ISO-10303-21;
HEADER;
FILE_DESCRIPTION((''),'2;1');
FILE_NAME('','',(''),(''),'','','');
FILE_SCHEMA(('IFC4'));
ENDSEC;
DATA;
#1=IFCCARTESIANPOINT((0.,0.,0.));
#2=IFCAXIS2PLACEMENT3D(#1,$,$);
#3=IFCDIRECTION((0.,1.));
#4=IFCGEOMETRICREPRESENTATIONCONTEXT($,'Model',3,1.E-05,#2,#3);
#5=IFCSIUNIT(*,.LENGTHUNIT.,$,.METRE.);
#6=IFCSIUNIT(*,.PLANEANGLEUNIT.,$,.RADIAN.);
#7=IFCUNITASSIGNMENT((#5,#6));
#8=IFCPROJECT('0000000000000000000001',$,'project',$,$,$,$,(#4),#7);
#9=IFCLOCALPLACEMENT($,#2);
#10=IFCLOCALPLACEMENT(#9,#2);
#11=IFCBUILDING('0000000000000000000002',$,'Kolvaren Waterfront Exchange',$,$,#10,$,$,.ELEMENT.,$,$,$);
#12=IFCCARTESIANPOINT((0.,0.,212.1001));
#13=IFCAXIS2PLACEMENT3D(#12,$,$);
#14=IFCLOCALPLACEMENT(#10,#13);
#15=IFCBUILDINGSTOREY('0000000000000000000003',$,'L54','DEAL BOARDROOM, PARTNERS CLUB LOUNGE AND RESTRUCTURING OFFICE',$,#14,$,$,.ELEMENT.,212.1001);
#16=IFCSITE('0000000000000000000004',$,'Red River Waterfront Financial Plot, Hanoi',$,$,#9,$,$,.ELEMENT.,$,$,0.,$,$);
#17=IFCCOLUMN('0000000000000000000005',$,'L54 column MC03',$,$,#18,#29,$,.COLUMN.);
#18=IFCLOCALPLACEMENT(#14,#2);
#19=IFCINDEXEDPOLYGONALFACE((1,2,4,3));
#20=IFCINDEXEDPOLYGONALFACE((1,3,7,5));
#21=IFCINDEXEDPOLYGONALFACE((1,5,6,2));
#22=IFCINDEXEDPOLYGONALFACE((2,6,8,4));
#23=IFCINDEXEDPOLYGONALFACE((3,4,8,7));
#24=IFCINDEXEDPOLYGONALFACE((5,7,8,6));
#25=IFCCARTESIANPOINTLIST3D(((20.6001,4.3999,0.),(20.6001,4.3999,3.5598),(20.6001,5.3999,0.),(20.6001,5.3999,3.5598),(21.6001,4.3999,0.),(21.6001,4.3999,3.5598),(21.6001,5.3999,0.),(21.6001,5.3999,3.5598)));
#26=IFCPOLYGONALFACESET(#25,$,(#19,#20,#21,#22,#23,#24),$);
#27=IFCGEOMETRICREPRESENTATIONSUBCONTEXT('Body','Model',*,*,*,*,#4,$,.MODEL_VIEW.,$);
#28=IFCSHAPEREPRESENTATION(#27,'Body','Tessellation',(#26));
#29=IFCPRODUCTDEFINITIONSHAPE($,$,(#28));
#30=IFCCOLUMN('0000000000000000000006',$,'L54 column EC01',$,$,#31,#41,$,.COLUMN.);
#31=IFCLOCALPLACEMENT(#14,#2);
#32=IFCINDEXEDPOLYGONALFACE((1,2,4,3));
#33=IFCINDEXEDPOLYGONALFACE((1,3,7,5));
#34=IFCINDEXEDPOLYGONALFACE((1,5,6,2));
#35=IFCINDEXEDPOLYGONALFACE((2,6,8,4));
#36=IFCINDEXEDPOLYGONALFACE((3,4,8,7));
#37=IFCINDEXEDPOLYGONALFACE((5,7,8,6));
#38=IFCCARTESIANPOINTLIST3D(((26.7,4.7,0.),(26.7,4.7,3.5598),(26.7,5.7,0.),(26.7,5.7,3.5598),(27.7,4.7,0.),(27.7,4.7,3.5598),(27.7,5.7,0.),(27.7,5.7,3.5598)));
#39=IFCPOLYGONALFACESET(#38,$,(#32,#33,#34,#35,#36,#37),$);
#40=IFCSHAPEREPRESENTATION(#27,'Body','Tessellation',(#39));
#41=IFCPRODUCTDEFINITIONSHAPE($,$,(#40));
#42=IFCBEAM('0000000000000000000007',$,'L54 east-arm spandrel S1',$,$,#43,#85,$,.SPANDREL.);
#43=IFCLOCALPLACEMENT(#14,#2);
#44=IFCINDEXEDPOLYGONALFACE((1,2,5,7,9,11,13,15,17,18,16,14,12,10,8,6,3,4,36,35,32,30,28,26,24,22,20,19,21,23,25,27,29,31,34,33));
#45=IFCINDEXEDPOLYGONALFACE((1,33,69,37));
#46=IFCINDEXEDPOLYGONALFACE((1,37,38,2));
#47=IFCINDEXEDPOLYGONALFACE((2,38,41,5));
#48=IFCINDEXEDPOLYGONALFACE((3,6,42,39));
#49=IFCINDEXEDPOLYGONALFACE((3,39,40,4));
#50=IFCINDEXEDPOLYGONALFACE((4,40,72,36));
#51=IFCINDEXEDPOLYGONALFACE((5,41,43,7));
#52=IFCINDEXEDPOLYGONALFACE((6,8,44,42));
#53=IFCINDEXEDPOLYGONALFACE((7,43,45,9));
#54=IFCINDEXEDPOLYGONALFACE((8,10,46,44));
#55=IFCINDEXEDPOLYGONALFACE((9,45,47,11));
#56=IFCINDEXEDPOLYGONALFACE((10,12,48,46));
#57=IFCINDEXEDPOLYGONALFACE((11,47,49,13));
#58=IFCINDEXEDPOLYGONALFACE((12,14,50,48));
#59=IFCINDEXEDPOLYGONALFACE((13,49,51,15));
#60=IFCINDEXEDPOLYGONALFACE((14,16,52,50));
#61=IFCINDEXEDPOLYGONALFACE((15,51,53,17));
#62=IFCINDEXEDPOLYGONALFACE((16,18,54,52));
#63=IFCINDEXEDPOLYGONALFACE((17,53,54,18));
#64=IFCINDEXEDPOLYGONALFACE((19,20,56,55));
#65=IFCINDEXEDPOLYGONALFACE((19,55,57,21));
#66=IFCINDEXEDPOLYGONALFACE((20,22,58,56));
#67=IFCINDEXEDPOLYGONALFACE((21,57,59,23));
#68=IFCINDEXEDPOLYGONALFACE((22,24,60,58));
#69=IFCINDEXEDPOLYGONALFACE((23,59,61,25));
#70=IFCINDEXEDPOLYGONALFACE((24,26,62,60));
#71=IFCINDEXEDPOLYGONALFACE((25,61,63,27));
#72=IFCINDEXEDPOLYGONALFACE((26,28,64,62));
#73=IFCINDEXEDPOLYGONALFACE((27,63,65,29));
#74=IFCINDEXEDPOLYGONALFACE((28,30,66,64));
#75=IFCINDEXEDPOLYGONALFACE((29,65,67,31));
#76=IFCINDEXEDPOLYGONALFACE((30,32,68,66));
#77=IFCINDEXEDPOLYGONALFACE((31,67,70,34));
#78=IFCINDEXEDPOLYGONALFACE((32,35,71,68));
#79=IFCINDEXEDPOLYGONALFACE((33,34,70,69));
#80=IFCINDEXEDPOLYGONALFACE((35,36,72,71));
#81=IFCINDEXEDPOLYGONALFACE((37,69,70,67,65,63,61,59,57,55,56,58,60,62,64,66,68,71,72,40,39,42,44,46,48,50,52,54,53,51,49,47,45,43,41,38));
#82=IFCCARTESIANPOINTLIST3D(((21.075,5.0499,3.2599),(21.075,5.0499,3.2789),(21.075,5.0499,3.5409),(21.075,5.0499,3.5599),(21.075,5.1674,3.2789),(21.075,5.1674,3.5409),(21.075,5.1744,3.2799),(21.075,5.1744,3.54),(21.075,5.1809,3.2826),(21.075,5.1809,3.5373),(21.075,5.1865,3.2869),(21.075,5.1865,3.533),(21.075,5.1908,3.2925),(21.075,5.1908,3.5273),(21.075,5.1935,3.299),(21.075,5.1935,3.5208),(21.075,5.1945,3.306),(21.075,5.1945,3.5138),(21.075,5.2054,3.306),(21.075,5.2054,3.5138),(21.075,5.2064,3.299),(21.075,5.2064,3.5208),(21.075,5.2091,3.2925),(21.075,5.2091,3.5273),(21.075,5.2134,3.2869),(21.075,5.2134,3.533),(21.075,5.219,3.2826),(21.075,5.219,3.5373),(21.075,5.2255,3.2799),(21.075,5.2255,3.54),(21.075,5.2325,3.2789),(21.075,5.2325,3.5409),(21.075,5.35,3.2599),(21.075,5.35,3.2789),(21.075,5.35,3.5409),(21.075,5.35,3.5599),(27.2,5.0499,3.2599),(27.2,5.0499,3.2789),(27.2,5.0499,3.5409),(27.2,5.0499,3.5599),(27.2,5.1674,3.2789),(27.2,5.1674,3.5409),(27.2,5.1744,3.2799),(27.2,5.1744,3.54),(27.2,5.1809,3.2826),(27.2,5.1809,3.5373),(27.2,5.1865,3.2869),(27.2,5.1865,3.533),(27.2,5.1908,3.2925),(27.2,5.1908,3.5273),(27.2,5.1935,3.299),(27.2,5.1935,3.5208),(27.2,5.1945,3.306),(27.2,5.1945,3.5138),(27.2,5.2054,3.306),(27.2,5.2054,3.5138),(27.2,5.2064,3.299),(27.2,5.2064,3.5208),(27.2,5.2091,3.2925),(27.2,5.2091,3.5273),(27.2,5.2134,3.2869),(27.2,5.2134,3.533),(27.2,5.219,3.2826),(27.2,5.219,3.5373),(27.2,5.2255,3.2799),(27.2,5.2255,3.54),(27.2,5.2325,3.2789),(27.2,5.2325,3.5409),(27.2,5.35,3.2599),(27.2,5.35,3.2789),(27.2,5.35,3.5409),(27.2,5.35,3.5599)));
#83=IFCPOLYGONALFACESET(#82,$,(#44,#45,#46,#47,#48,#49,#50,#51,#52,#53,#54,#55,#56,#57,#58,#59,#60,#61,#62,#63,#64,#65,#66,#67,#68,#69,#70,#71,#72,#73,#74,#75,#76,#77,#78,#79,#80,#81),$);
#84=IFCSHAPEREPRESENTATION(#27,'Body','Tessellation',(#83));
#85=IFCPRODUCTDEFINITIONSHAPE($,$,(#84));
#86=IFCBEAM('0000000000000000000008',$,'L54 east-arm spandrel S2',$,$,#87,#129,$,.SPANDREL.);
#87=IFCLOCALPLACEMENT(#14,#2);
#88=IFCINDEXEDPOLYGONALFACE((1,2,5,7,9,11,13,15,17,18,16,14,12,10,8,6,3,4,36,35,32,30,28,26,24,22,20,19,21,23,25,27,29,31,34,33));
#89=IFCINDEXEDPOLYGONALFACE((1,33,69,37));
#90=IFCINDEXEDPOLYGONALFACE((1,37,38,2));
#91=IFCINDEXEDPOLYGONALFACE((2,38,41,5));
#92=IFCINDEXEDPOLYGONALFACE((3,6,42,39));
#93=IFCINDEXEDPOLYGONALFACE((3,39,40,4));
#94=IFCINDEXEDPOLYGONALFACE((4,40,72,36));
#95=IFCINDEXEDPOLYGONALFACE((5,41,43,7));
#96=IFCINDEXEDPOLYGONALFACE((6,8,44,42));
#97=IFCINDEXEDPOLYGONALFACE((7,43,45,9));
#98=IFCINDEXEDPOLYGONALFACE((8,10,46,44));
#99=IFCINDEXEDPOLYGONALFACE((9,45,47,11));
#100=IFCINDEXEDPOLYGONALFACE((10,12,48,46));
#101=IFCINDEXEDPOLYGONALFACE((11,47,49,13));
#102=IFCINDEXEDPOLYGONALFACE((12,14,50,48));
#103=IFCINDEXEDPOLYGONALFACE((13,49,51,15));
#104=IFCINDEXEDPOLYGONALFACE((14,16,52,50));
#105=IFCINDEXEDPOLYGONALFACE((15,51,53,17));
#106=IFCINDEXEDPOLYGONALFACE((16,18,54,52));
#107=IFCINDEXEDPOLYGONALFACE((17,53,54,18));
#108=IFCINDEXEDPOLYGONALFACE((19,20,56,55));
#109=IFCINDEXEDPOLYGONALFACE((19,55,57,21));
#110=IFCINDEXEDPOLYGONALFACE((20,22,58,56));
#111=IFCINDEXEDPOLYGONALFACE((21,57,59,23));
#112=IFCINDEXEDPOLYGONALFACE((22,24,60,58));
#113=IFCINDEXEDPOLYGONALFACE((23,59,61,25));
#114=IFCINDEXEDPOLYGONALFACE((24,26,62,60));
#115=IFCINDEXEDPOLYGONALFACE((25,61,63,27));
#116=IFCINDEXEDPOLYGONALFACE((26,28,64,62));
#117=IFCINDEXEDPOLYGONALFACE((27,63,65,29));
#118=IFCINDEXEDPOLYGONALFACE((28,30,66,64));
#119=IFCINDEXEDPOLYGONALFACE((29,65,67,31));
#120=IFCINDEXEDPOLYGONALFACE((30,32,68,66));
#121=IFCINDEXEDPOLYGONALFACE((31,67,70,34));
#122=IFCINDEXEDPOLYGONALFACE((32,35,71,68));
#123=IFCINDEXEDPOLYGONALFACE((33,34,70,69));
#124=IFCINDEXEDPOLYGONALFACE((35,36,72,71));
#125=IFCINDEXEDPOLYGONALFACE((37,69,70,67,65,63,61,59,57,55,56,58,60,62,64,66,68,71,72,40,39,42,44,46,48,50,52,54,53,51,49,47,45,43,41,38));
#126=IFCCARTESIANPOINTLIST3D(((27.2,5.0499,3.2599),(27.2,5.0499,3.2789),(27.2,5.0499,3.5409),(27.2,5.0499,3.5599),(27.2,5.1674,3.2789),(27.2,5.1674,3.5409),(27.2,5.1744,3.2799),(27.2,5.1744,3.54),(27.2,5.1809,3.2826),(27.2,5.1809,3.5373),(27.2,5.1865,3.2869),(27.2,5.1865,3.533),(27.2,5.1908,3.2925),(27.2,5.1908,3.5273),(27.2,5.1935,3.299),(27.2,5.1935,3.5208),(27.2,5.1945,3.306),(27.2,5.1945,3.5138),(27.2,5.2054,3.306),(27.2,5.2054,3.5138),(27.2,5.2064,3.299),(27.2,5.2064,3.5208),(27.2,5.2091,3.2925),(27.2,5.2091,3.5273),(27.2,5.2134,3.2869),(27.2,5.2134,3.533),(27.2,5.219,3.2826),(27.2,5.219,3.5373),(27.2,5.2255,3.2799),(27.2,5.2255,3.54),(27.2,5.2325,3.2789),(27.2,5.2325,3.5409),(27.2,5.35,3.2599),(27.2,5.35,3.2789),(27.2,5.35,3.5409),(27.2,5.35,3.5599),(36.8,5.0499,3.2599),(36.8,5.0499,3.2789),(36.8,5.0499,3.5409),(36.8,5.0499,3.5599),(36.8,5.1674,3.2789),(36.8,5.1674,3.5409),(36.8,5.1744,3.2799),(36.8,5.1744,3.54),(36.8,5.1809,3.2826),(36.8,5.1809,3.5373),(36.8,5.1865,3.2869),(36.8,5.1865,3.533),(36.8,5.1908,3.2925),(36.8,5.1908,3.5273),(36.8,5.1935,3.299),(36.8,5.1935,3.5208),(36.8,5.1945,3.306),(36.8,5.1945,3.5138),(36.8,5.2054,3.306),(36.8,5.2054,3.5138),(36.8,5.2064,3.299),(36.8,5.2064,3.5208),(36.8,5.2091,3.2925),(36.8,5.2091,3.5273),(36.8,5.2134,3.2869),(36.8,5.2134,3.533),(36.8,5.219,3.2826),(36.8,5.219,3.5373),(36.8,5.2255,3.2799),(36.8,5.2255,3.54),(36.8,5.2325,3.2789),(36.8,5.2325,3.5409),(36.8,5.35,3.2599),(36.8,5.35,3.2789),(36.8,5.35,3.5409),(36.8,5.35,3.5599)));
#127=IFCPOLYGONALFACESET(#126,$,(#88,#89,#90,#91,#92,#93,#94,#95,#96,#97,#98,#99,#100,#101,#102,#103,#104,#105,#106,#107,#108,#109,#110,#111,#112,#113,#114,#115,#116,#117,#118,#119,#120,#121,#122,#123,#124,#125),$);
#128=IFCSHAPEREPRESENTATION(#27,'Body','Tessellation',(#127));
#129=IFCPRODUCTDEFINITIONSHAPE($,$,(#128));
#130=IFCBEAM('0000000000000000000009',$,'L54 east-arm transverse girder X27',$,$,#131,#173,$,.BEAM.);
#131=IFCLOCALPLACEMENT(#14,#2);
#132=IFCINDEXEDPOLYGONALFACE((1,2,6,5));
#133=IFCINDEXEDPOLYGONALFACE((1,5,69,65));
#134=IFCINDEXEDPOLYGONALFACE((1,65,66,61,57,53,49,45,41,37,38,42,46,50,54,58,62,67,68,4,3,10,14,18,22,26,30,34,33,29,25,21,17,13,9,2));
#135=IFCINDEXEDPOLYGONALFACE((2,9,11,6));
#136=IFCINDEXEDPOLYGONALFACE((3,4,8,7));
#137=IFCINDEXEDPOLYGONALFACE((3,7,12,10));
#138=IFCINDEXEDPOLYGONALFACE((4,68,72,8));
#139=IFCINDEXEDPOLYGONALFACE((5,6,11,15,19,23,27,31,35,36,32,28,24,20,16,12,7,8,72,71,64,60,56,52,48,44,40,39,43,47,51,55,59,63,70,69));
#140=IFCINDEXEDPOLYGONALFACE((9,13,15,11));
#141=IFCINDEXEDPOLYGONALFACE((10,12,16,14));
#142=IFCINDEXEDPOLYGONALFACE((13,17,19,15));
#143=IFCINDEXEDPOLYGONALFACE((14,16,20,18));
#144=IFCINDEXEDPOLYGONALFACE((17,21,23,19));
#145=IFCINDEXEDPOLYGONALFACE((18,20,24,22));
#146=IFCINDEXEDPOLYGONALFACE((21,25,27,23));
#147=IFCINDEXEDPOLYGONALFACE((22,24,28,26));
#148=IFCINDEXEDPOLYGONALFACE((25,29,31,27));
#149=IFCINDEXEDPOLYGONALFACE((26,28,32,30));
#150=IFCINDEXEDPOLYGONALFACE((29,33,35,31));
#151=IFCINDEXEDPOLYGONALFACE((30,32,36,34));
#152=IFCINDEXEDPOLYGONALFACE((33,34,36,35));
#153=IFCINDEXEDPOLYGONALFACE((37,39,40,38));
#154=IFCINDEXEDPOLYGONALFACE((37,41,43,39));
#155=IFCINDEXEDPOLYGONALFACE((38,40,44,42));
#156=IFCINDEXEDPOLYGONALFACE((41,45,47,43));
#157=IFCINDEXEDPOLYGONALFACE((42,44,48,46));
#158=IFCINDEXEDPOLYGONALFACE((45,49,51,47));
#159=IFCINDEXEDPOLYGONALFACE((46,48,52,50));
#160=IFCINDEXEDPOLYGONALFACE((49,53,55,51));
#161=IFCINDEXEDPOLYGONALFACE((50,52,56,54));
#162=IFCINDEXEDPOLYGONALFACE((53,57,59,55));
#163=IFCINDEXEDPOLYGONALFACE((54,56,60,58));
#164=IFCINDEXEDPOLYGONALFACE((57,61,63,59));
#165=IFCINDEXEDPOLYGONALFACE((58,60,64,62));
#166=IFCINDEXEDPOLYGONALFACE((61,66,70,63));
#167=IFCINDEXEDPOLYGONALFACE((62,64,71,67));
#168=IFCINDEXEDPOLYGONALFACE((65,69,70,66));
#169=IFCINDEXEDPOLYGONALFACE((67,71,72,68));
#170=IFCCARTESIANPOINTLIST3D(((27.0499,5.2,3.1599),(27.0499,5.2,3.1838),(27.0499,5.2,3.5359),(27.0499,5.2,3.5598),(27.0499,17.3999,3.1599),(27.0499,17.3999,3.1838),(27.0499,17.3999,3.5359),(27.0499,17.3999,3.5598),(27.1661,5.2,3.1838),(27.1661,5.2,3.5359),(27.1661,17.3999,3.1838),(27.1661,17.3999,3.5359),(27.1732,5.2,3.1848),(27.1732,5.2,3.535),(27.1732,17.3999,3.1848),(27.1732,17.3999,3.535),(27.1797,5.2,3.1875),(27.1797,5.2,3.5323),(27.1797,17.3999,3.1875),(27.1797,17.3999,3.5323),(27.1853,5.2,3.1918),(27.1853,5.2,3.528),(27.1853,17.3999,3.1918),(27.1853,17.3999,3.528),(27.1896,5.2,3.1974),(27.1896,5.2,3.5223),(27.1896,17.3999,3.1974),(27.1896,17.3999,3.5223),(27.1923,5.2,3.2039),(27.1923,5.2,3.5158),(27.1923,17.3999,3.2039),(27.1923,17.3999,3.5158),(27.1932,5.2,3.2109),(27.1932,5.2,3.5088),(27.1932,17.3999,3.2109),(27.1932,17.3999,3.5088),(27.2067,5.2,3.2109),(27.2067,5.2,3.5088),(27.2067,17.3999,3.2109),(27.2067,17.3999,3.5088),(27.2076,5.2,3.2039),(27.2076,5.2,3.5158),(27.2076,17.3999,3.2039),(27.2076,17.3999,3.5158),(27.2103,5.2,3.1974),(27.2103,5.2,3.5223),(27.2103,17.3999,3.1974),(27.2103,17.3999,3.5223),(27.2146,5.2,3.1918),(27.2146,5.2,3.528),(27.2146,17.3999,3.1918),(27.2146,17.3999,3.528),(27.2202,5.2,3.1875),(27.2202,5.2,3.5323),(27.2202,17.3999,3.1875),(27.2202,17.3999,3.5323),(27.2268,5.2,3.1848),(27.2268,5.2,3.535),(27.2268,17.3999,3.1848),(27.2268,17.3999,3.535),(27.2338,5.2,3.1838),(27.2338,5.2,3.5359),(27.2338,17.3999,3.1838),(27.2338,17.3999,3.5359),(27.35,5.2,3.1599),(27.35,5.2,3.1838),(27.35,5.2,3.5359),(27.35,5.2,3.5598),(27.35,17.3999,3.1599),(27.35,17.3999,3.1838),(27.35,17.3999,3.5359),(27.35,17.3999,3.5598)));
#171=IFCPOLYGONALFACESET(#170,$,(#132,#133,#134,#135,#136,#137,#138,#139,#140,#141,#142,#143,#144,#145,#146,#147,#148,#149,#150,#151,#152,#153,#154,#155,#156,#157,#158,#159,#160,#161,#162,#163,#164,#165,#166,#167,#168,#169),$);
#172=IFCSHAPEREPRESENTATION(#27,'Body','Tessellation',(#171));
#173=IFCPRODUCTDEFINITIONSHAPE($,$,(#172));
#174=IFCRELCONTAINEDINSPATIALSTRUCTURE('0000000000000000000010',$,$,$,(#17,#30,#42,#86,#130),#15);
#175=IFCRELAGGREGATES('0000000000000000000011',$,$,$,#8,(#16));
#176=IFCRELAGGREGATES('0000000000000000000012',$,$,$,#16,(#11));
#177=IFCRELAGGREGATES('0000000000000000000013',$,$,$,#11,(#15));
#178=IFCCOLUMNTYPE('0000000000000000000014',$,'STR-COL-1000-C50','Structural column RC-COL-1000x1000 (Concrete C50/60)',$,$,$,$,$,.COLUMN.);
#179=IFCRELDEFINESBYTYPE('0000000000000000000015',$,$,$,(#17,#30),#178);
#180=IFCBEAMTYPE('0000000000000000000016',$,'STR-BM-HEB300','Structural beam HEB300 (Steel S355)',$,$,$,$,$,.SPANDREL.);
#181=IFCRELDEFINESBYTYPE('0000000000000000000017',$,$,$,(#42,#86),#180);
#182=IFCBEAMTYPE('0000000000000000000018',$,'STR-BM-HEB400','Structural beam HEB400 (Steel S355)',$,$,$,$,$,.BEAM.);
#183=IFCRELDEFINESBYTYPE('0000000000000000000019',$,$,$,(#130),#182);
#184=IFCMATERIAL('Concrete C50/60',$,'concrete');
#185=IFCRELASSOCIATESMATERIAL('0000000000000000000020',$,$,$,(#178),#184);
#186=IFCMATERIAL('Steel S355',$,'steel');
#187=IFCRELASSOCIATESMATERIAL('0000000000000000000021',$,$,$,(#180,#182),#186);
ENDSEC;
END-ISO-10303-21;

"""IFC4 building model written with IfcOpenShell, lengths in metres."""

from ifc_helpers import new_model, si_unit, direction, frame, origin, origin_2d, place, context, subcontext, project, spatial, rectangle, i_section, extrude, material, material_profile, profile_set, type_object, element, save


model = new_model("IFC4")

# Units and contexts
model_context = context("Model", 3, precision=1e-05, world=origin(), true_north=direction((0.0, 1.0)))
body_context = subcontext(model_context, "Body", "Model", "MODEL_VIEW")
ifc_project = project(units=[si_unit("LENGTHUNIT", "METRE"), si_unit("PLANEANGLEUNIT", "RADIAN")], contexts=[model_context])

# Site, building, storey
site_placement = place(None, origin())
site = spatial("IfcSite", under=ifc_project, at=site_placement, Name="Red River Waterfront Financial Plot, Hanoi", CompositionType="ELEMENT", RefElevation=0.0)
building_placement = place(site_placement, origin())
building = spatial("IfcBuilding", under=site, at=building_placement, Name="Kolvaren Waterfront Exchange", CompositionType="ELEMENT")
storey_placement = place(building_placement, frame((0.0, 0.0, 212.1001)))
storey = spatial("IfcBuildingStorey", under=building, at=storey_placement, Name="L54", Description="DEAL BOARDROOM, PARTNERS CLUB LOUNGE AND RESTRUCTURING OFFICE", CompositionType="ELEMENT", Elevation=212.1001)

# Columns
ifc_material_1 = material(Name="Concrete C50/60", Category="concrete")
ifc_material_profile_1 = material_profile(ifc_material_1, rectangle(XDim=1.0, YDim=1.0, at=origin_2d()), Name="RC-COL-1000x1000")
ifc_profile_set_1 = profile_set([ifc_material_profile_1], Name="Concrete C50/60")
column_type = type_object("IfcColumnType", Name="STR-COL-1000-C50", Description="Structural column RC-COL-1000x1000 (Concrete C50/60)", PredefinedType="COLUMN", material=ifc_profile_set_1)
for number, where, z_axis, x_axis, name in (
    (1, (21.1001, 4.8999, 0.0), (0.0, 0.0, 1.0), (1.0, 0.0, 0.0), "L54 column MC03"),
    (2, (27.2, 5.2, 0.0), (0.0, 0.0, 1.0), (1.0, 0.0, 0.0), "L54 column EC01"),
):
    element("IfcColumn", number, at=place(storey_placement, frame(where, z_axis=z_axis, x_axis=x_axis)), inside=storey, type_object=column_type, Name=name, PredefinedType="COLUMN", context=body_context, shape_type="SweptSolid", body=[
        extrude(rectangle(XDim=1.0, YDim=1.0, at=origin_2d()), origin(), (0.0, 0.0, 1.0), 3.5598),
    ])

# Beams
ifc_material_2 = material(Name="Steel S355", Category="steel")
ifc_material_profile_2 = material_profile(ifc_material_2, i_section(OverallWidth=0.3, OverallDepth=0.3, WebThickness=0.011, FlangeThickness=0.019, FilletRadius=0.0271, at=origin_2d()), Name="HEB300")
ifc_profile_set_2 = profile_set([ifc_material_profile_2], Name="Steel S355")
beam_type_1 = type_object("IfcBeamType", Name="STR-BM-HEB300", Description="Structural beam HEB300 (Steel S355)", PredefinedType="SPANDREL", material=ifc_profile_set_2)
beam_1_placement = place(storey_placement, frame((21.075, 5.2, 3.4099), z_axis=(1.0, 0.0, 0.0), x_axis=(0.0, 1.0, 0.0)))
element("IfcBeam", 3, at=beam_1_placement, inside=storey, type_object=beam_type_1, Name="L54 east-arm spandrel S1", PredefinedType="SPANDREL", context=body_context, shape_type="SweptSolid", body=[
    extrude(i_section(OverallWidth=0.3, OverallDepth=0.3, WebThickness=0.011, FlangeThickness=0.019, FilletRadius=0.0271, at=origin_2d()), origin(), (0.0, 0.0, 1.0), 6.125),
])
beam_2_placement = place(storey_placement, frame((27.2, 5.2, 3.4099), z_axis=(1.0, 0.0, 0.0), x_axis=(0.0, 1.0, 0.0)))
element("IfcBeam", 4, at=beam_2_placement, inside=storey, type_object=beam_type_1, Name="L54 east-arm spandrel S2", PredefinedType="SPANDREL", context=body_context, shape_type="SweptSolid", body=[
    extrude(i_section(OverallWidth=0.3, OverallDepth=0.3, WebThickness=0.011, FlangeThickness=0.019, FilletRadius=0.0271, at=origin_2d()), origin(), (0.0, 0.0, 1.0), 9.6001),
])
ifc_material_profile_3 = material_profile(ifc_material_2, i_section(OverallWidth=0.3, OverallDepth=0.3999, WebThickness=0.0134, FlangeThickness=0.0239, FilletRadius=0.0271, at=origin_2d()), Name="HEB400")
ifc_profile_set_3 = profile_set([ifc_material_profile_3], Name="Steel S355")
beam_type_2 = type_object("IfcBeamType", Name="STR-BM-HEB400", Description="Structural beam HEB400 (Steel S355)", PredefinedType="BEAM", material=ifc_profile_set_3)
beam_3_placement = place(storey_placement, frame((27.2, 5.2, 3.3599), z_axis=(0.0, 1.0, 0.0), x_axis=(-1.0, 0.0, 0.0)))
element("IfcBeam", 5, at=beam_3_placement, inside=storey, type_object=beam_type_2, Name="L54 east-arm transverse girder X27", PredefinedType="BEAM", context=body_context, shape_type="SweptSolid", body=[
    extrude(i_section(OverallWidth=0.3, OverallDepth=0.3999, WebThickness=0.0134, FlangeThickness=0.0239, FilletRadius=0.0271, at=origin_2d()), origin(), (0.0, 0.0, 1.0), 12.2),
])

save(model, "model.ifc")
